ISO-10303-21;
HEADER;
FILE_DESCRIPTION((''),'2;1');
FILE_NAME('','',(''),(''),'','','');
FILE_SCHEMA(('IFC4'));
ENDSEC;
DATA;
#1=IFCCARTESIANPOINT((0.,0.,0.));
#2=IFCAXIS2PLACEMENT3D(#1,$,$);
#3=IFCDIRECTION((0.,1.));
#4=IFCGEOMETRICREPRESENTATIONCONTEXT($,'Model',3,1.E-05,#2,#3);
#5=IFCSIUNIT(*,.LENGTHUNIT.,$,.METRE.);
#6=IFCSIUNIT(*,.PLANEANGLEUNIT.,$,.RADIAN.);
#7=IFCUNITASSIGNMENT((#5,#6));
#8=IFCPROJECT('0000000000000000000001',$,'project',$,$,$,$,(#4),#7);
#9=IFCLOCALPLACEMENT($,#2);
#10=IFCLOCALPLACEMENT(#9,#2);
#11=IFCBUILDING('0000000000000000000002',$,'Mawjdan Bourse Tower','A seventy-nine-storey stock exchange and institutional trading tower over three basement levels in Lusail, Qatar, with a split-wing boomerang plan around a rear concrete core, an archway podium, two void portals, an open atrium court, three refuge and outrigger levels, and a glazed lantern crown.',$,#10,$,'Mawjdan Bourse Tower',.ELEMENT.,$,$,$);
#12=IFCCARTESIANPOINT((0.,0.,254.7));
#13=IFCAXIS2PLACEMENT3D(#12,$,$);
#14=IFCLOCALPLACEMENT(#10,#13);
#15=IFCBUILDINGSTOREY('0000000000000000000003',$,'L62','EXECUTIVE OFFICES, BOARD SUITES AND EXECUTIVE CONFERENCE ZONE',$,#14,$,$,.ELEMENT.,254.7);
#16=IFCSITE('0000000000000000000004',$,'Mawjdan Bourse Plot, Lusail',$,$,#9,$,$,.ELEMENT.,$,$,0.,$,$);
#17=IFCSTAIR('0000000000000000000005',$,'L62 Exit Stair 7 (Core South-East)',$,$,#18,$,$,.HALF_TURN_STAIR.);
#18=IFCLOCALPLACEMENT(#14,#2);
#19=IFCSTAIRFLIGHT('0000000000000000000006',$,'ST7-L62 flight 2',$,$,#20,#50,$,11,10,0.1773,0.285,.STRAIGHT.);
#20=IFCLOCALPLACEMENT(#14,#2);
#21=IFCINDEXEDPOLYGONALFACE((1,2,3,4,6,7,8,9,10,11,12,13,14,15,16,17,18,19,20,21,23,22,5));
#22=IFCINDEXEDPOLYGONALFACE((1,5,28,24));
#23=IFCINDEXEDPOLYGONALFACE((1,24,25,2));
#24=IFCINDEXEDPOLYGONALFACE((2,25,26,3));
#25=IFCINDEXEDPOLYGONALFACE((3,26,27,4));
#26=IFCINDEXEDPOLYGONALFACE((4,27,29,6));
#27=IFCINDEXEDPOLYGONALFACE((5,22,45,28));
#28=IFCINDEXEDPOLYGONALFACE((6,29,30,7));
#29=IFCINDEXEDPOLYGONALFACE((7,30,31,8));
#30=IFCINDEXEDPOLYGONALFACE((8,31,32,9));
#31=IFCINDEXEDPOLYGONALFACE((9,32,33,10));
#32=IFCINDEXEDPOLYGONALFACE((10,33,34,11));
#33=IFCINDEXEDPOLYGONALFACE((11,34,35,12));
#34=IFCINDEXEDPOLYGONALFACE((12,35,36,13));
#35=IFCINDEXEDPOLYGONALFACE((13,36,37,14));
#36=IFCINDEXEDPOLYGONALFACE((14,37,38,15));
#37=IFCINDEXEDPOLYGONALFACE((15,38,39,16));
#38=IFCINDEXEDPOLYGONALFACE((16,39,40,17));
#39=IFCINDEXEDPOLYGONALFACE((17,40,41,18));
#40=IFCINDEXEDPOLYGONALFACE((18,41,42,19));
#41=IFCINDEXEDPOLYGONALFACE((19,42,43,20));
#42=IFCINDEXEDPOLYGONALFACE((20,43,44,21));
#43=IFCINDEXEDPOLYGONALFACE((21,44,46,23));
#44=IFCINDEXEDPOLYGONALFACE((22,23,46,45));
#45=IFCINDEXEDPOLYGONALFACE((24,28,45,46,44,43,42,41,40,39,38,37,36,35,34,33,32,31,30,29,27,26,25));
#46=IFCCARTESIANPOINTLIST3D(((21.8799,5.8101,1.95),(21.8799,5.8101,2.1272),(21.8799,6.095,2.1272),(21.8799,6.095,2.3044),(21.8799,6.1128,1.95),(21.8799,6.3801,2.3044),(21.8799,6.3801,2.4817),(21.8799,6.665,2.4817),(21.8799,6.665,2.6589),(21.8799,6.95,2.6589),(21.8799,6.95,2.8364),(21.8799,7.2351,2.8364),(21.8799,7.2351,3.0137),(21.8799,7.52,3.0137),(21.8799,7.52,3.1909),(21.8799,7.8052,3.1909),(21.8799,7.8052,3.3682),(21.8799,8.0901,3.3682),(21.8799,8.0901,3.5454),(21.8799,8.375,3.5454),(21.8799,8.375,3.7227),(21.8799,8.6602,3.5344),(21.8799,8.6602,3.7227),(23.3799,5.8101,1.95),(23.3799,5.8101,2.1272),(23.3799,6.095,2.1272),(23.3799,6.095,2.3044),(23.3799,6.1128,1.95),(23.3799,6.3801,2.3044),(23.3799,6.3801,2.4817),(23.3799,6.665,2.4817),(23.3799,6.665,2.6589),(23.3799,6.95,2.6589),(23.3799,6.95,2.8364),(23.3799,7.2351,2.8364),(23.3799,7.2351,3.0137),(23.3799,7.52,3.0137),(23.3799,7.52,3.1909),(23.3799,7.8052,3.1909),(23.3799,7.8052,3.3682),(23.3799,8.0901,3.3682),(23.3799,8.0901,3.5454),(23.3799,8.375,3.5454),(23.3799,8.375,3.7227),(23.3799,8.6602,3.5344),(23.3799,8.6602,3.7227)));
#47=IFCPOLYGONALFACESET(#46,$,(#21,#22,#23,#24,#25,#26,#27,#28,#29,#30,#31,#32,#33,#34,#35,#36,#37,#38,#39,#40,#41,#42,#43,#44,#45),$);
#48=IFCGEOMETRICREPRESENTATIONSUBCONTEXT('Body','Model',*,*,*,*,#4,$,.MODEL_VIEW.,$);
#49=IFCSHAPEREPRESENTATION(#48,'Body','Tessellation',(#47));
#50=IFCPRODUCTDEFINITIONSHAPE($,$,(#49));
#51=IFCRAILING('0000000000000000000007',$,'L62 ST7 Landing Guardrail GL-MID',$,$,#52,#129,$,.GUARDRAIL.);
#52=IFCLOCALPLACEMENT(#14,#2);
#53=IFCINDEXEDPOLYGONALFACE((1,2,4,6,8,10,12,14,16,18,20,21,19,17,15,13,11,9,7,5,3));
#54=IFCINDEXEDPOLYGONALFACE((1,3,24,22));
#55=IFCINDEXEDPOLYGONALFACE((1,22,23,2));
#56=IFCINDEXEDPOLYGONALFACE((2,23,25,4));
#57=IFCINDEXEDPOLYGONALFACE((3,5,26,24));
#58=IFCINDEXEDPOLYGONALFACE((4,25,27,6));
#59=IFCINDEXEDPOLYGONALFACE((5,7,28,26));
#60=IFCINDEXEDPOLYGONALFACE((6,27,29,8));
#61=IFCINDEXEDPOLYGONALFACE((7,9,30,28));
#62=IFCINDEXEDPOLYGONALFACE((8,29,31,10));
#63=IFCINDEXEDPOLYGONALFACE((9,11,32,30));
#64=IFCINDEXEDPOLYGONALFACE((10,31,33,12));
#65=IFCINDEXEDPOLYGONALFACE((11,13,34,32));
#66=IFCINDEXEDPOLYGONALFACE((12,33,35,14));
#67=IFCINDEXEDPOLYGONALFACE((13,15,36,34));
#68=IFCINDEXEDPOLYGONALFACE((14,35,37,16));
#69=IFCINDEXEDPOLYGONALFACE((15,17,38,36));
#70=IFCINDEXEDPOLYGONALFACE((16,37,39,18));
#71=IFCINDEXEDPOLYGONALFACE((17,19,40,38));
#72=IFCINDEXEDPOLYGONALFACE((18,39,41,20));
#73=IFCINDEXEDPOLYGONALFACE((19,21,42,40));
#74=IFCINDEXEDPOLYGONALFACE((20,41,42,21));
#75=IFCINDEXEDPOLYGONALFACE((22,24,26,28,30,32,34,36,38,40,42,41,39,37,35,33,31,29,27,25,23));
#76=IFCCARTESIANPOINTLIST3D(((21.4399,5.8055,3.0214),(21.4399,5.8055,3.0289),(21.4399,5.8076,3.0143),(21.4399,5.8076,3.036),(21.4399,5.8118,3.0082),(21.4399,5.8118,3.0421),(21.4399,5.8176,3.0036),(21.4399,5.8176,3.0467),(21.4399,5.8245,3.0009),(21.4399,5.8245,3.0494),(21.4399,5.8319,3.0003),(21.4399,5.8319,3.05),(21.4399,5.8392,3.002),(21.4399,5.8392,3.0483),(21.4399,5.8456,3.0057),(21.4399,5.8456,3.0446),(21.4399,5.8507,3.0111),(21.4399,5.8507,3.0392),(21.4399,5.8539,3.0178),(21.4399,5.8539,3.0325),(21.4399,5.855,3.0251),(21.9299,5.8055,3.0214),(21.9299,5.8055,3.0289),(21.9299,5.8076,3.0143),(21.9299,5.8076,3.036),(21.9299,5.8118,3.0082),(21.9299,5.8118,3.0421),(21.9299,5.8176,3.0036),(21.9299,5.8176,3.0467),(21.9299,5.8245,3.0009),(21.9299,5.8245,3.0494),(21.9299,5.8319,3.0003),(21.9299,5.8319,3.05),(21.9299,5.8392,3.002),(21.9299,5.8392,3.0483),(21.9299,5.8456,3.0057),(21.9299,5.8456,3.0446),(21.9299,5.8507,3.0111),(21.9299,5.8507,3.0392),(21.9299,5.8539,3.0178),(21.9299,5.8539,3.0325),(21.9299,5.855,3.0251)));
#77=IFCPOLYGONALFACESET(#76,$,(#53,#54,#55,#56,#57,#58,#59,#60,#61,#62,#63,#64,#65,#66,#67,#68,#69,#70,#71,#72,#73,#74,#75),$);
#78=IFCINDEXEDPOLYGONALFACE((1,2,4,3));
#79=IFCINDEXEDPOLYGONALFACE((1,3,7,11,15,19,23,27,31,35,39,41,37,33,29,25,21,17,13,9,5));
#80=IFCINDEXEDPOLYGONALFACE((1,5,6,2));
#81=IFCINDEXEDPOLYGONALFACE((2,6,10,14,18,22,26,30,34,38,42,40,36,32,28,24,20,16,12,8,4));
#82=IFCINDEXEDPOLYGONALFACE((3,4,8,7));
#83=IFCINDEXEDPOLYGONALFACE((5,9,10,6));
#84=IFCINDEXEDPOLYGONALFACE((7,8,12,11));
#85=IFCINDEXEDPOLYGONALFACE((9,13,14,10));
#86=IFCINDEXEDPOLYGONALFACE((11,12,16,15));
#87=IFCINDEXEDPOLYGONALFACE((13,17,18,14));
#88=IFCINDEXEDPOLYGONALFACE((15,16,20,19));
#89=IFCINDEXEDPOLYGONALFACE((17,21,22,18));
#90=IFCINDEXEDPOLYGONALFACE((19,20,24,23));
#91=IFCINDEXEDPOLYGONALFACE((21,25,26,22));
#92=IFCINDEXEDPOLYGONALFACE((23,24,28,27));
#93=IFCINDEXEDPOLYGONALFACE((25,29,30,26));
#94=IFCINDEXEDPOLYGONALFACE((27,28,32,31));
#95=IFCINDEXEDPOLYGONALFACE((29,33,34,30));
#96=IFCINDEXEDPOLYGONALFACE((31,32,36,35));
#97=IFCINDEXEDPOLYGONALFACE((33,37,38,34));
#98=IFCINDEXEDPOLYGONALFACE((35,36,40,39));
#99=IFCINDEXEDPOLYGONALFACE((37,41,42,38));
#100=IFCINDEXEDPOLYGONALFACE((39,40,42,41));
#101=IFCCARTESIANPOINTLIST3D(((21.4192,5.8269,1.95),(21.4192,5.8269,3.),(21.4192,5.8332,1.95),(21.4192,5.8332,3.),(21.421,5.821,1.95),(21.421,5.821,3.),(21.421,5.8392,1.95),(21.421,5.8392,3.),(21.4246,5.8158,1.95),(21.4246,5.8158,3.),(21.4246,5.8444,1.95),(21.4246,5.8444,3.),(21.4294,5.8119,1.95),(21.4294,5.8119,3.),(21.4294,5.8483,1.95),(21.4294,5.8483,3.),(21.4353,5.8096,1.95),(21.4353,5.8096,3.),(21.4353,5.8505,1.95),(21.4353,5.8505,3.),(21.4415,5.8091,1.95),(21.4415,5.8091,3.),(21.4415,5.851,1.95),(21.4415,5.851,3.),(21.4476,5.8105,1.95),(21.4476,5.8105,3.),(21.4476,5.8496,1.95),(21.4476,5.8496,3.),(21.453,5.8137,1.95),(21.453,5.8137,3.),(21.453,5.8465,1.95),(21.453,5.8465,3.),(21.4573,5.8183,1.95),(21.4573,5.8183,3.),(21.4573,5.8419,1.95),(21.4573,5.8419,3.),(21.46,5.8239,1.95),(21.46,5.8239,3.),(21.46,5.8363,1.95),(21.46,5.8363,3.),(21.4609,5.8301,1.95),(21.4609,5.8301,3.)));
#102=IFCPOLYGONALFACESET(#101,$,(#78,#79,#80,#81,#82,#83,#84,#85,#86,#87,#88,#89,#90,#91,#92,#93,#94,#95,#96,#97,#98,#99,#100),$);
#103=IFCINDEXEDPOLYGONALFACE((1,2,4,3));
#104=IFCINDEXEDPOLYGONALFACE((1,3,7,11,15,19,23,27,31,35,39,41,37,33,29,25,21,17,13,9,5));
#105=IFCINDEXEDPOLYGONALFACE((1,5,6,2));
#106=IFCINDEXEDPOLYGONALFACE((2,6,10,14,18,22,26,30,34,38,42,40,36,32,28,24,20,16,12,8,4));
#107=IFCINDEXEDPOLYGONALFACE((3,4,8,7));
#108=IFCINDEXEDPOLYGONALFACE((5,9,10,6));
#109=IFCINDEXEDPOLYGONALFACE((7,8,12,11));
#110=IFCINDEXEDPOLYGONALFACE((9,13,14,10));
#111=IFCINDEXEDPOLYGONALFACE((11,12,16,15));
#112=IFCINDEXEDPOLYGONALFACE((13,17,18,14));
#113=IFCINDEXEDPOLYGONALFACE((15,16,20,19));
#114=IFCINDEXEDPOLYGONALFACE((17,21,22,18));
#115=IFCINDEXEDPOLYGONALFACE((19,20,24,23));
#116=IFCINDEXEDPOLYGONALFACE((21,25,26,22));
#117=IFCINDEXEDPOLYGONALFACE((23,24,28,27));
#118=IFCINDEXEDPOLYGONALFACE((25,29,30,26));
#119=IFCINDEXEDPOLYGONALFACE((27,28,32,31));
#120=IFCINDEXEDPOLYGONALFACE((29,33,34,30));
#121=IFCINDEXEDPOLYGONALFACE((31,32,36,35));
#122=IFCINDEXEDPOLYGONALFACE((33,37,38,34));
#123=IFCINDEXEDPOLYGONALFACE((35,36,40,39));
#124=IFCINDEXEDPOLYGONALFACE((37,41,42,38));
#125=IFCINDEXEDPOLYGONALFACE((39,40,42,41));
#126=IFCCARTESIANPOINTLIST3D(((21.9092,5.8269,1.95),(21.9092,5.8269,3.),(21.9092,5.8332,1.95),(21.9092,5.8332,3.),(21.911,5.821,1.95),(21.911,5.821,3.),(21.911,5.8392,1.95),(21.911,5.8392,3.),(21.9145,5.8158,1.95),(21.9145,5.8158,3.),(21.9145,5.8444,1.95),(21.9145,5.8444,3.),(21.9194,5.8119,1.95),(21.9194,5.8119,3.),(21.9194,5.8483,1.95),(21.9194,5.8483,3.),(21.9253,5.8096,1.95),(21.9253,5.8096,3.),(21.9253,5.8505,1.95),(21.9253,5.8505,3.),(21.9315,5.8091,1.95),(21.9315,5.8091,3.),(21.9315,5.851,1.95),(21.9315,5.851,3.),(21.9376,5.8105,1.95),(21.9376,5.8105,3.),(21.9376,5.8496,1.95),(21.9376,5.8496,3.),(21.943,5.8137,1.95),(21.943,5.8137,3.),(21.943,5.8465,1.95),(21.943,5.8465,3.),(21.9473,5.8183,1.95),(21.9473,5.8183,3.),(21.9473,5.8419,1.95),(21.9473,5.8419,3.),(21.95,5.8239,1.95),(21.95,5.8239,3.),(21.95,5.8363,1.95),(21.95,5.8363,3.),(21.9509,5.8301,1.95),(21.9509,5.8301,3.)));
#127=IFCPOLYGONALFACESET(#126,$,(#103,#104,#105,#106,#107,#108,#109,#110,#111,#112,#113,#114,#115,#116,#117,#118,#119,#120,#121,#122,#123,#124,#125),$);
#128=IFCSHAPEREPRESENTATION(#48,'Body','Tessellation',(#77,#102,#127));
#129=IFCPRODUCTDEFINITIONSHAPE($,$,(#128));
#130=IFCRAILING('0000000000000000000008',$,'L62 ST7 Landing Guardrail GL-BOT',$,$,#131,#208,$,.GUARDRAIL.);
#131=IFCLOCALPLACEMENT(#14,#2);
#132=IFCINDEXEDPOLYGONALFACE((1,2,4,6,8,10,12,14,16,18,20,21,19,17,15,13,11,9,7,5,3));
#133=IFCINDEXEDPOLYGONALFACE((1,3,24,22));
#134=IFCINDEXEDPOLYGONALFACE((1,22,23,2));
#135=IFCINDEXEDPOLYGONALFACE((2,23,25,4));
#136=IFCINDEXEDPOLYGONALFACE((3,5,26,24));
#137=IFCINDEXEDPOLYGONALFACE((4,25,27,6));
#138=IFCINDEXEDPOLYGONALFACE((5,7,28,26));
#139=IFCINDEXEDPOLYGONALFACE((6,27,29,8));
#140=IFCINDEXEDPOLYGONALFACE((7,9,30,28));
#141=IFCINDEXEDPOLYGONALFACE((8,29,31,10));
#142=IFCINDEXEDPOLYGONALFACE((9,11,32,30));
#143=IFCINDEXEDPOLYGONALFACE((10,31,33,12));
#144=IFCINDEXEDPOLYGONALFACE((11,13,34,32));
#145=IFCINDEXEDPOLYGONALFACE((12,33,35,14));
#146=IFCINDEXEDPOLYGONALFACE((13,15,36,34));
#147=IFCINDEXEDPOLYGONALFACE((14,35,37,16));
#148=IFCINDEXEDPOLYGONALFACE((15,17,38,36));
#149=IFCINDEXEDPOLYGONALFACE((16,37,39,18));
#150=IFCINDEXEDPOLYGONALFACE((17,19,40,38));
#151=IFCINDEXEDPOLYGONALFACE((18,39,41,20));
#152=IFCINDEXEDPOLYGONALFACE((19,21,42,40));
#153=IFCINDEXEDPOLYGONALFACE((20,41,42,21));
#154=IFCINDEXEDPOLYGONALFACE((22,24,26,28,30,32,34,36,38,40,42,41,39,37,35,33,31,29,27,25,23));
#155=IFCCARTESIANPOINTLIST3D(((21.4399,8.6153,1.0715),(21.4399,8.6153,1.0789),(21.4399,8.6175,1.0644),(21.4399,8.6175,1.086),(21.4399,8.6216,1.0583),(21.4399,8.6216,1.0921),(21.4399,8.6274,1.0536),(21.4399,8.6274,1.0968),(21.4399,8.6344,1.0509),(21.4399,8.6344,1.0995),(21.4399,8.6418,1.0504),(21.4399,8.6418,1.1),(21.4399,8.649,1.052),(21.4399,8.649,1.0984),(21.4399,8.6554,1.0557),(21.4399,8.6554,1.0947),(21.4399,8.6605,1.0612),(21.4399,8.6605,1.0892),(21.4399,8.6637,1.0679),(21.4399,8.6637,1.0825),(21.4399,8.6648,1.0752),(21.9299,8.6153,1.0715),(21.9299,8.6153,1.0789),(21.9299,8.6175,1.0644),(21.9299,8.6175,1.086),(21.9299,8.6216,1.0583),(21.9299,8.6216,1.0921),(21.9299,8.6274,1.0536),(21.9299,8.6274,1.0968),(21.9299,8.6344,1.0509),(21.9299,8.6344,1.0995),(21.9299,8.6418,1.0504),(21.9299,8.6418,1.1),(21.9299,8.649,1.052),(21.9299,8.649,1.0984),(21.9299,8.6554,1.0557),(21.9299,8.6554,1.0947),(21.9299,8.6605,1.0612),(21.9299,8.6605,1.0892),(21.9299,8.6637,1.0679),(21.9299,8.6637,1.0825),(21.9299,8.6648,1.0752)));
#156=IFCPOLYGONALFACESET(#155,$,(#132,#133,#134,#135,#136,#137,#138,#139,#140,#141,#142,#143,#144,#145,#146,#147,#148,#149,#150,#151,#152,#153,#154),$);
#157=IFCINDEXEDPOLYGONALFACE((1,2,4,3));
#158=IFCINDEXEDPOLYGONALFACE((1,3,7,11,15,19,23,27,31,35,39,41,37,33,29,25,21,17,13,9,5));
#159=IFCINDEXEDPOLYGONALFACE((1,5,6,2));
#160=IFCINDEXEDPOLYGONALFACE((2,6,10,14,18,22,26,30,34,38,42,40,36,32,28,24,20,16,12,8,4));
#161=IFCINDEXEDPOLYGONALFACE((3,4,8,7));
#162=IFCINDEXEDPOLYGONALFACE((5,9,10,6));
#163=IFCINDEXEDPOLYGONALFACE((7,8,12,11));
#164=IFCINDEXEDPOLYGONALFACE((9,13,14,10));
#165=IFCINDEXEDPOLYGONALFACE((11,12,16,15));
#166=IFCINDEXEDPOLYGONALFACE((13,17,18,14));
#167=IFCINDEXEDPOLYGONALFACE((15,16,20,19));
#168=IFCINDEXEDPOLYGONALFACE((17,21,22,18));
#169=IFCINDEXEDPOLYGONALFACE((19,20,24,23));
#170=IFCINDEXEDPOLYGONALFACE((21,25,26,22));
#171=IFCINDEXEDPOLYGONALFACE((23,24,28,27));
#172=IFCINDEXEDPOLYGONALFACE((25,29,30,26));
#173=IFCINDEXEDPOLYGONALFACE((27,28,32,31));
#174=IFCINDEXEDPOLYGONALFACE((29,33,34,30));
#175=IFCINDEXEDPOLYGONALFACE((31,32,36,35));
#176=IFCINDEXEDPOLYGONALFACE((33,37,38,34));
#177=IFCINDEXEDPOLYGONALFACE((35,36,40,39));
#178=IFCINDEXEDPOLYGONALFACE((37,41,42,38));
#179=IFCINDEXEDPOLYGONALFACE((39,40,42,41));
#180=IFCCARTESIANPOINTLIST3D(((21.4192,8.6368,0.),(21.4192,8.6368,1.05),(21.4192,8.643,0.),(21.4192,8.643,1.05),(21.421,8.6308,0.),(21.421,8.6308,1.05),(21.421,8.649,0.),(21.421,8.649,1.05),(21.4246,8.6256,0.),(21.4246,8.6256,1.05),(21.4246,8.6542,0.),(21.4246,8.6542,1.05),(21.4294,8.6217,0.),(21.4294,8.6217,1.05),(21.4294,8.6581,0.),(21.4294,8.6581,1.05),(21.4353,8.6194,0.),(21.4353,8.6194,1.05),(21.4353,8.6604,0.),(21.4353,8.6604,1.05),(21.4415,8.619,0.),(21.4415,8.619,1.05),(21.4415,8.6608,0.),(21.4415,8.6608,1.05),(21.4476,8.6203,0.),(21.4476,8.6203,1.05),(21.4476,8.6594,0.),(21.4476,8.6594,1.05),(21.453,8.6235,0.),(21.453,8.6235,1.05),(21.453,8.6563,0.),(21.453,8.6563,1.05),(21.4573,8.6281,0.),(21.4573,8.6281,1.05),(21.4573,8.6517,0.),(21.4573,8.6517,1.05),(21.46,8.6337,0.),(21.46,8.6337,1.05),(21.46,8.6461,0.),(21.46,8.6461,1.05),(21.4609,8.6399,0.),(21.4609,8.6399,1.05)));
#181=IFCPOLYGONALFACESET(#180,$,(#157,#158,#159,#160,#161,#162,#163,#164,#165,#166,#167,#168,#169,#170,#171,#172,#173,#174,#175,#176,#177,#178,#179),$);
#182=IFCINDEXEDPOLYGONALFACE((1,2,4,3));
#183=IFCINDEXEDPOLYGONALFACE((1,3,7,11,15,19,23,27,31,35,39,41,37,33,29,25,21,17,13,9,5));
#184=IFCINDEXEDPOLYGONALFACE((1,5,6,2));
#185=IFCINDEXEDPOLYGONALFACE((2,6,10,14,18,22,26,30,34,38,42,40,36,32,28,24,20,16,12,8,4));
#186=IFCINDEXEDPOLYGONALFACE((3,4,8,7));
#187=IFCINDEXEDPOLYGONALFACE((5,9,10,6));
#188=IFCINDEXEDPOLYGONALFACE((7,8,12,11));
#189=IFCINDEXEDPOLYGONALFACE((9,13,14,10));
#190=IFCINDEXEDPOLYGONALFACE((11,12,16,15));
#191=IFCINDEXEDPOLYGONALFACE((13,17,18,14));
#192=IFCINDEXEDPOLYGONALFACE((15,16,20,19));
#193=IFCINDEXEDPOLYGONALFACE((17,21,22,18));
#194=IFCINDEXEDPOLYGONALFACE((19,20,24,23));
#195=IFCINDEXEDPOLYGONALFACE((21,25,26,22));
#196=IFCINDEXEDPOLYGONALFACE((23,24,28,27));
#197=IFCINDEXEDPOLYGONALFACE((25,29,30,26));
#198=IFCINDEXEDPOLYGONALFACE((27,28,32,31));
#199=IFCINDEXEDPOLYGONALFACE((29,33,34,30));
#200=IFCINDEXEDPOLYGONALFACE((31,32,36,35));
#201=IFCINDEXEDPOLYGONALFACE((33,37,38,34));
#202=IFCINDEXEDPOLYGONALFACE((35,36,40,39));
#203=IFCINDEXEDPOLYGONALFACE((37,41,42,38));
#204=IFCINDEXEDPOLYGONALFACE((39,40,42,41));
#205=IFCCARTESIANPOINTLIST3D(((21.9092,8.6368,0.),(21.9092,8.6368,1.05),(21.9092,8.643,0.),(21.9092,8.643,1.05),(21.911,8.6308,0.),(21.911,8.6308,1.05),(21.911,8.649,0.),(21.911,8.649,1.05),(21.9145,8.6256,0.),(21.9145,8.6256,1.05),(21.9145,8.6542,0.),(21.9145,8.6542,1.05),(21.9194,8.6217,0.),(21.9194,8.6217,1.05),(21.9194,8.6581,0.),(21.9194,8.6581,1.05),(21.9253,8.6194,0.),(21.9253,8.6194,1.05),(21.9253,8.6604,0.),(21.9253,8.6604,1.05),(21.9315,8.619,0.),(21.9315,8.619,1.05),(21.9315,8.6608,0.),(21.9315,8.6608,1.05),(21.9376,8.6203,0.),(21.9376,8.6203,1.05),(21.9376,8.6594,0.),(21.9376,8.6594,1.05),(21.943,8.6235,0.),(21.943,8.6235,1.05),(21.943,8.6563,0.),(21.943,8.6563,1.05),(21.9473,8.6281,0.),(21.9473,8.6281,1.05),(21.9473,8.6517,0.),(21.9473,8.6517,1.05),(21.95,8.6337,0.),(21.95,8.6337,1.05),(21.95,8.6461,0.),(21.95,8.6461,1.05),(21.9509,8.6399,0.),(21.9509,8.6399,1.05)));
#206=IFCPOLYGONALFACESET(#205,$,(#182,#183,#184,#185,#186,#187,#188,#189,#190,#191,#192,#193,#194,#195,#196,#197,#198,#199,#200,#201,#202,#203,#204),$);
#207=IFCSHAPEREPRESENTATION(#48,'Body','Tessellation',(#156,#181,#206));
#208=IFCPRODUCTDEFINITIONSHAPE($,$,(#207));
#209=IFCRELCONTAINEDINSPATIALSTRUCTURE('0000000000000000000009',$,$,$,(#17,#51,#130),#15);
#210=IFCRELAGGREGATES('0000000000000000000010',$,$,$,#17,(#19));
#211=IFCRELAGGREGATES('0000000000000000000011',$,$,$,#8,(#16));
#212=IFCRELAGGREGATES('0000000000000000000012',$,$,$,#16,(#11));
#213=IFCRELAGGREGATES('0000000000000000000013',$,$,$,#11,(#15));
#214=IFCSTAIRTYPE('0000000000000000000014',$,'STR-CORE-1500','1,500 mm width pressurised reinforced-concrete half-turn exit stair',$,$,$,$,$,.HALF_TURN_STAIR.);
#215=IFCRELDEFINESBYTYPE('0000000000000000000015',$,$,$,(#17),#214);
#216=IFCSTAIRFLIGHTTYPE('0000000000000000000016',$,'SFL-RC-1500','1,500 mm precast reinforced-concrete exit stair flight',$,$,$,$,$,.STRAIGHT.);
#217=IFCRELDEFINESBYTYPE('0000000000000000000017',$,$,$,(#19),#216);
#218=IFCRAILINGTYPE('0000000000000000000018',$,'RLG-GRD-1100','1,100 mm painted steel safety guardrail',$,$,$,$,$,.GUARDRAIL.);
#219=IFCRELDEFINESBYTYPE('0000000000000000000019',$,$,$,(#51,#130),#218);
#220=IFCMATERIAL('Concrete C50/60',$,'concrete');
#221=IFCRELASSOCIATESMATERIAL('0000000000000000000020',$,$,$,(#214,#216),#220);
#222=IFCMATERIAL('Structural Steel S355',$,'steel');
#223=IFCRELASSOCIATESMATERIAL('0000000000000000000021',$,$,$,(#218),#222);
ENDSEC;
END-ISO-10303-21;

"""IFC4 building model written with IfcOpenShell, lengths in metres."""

from ifc_helpers import new_model, si_unit, direction, frame, origin, origin_2d, place, context, subcontext, project, spatial, polyline, circle, outline, extrude, material, type_object, element, aggregate, save


model = new_model("IFC4")

# Units and contexts
model_context = context("Model", 3, precision=1e-05, world=origin(), true_north=direction((0.0, 1.0)))
body_context = subcontext(model_context, "Body", "Model", "MODEL_VIEW")
ifc_project = project(units=[si_unit("LENGTHUNIT", "METRE"), si_unit("PLANEANGLEUNIT", "RADIAN")], contexts=[model_context])

# Site, building, storey
site_placement = place(None, origin())
site = spatial("IfcSite", under=ifc_project, at=site_placement, Name="Mawjdan Bourse Plot, Lusail", CompositionType="ELEMENT", RefElevation=0.0)
building_placement = place(site_placement, origin())
building = spatial("IfcBuilding", under=site, at=building_placement, Name="Mawjdan Bourse Tower", Description="A seventy-nine-storey stock exchange and institutional trading tower over three basement levels in Lusail, Qatar, with a split-wing boomerang plan around a rear concrete core, an archway podium, two void portals, an open atrium court, three refuge and outrigger levels, and a glazed lantern crown.", LongName="Mawjdan Bourse Tower", CompositionType="ELEMENT")
storey_placement = place(building_placement, frame((0.0, 0.0, 254.7)))
storey = spatial("IfcBuildingStorey", under=building, at=storey_placement, Name="L62", Description="EXECUTIVE OFFICES, BOARD SUITES AND EXECUTIVE CONFERENCE ZONE", CompositionType="ELEMENT", Elevation=254.7)

# Shared definitions
ifc_material_1 = material(Name="Structural Steel S355", Category="steel")

# Shared definitions
ifc_material_2 = material(Name="Concrete C50/60", Category="concrete")

# Stair, stair flight
stair_type = type_object("IfcStairType", Name="STR-CORE-1500", Description="1,500 mm width pressurised reinforced-concrete half-turn exit stair", PredefinedType="HALF_TURN_STAIR", material=ifc_material_2)
stair_placement = place(storey_placement, origin())
stair = element("IfcStair", 1, at=stair_placement, inside=storey, type_object=stair_type, Name="L62 Exit Stair 7 (Core South-East)", PredefinedType="HALF_TURN_STAIR")
stair_flight_type = type_object("IfcStairFlightType", Name="SFL-RC-1500", Description="1,500 mm precast reinforced-concrete exit stair flight", PredefinedType="STRAIGHT", material=ifc_material_2)
stair_flight_placement = place(storey_placement, frame((22.6299, 5.8101, 1.95), z_axis=(0.0, 0.0, 1.0), x_axis=(0.0, 1.0, 0.0)))
stair_flight = element("IfcStairFlight", 2, at=stair_flight_placement, type_object=stair_flight_type, Name="ST7-L62 flight 2", NumberOfRisers=11, NumberOfTreads=10, PredefinedType="STRAIGHT", RiserHeight=0.1773, TreadLength=0.285, context=body_context, shape_type="SweptSolid", body=[
    extrude(outline(polyline([(0.0, 0.0), (0.0, 0.1772), (0.2849, 0.1772), (0.2849, 0.3545), (0.5701, 0.3545), (0.5701, 0.5317), (0.855, 0.5317), (0.855, 0.709), (1.1399, 0.709), (1.1399, 0.8865), (1.425, 0.8865), (1.425, 1.0637), (1.71, 1.0637), (1.71, 1.241), (1.9951, 1.241), (1.9951, 1.4182), (2.28, 1.4182), (2.28, 1.5955), (2.5649, 1.5955), (2.5649, 1.7727), (2.8501, 1.7727), (2.8501, 1.95), (2.8501, 1.5845), (0.3027, 0.0), (0.0, 0.0)])), frame((0.0, 0.75, 0.0), z_axis=(0.0, -1.0, 0.0), x_axis=(1.0, 0.0, 0.0)), (0.0, 0.0, 1.0), 1.5),
])
aggregate(stair, [stair_flight])

# Railings
railing_type_1 = type_object("IfcRailingType", Name="RLG-GRD-1100", Description="1,100 mm painted steel safety guardrail", PredefinedType="GUARDRAIL", material=ifc_material_1)
for number, where, name in (
    (3, (21.4399, 5.8301, 1.95), "L62 ST7 Landing Guardrail GL-MID"),
    (4, (21.4399, 8.6399, 0.0), "L62 ST7 Landing Guardrail GL-BOT"),
):
    element("IfcRailing", number, at=place(storey_placement, frame(where)), inside=storey, type_object=railing_type_1, Name=name, PredefinedType="GUARDRAIL", context=body_context, shape_type="SweptSolid", body=[
        extrude(circle(Radius=0.0249, at=origin_2d()), frame((0.0, 0.0, 1.0752), z_axis=(1.0, 0.0, 0.0), x_axis=(0.0, 1.0, 0.0)), (0.0, 0.0, 1.0), 0.49),
        extrude(circle(Radius=0.021, at=origin_2d()), origin(), (0.0, 0.0, 1.0), 1.05),
        extrude(circle(Radius=0.021, at=origin_2d()), frame((0.49, 0.0, 0.0)), (0.0, 0.0, 1.0), 1.05),
    ])

save(model, "model.ifc")
